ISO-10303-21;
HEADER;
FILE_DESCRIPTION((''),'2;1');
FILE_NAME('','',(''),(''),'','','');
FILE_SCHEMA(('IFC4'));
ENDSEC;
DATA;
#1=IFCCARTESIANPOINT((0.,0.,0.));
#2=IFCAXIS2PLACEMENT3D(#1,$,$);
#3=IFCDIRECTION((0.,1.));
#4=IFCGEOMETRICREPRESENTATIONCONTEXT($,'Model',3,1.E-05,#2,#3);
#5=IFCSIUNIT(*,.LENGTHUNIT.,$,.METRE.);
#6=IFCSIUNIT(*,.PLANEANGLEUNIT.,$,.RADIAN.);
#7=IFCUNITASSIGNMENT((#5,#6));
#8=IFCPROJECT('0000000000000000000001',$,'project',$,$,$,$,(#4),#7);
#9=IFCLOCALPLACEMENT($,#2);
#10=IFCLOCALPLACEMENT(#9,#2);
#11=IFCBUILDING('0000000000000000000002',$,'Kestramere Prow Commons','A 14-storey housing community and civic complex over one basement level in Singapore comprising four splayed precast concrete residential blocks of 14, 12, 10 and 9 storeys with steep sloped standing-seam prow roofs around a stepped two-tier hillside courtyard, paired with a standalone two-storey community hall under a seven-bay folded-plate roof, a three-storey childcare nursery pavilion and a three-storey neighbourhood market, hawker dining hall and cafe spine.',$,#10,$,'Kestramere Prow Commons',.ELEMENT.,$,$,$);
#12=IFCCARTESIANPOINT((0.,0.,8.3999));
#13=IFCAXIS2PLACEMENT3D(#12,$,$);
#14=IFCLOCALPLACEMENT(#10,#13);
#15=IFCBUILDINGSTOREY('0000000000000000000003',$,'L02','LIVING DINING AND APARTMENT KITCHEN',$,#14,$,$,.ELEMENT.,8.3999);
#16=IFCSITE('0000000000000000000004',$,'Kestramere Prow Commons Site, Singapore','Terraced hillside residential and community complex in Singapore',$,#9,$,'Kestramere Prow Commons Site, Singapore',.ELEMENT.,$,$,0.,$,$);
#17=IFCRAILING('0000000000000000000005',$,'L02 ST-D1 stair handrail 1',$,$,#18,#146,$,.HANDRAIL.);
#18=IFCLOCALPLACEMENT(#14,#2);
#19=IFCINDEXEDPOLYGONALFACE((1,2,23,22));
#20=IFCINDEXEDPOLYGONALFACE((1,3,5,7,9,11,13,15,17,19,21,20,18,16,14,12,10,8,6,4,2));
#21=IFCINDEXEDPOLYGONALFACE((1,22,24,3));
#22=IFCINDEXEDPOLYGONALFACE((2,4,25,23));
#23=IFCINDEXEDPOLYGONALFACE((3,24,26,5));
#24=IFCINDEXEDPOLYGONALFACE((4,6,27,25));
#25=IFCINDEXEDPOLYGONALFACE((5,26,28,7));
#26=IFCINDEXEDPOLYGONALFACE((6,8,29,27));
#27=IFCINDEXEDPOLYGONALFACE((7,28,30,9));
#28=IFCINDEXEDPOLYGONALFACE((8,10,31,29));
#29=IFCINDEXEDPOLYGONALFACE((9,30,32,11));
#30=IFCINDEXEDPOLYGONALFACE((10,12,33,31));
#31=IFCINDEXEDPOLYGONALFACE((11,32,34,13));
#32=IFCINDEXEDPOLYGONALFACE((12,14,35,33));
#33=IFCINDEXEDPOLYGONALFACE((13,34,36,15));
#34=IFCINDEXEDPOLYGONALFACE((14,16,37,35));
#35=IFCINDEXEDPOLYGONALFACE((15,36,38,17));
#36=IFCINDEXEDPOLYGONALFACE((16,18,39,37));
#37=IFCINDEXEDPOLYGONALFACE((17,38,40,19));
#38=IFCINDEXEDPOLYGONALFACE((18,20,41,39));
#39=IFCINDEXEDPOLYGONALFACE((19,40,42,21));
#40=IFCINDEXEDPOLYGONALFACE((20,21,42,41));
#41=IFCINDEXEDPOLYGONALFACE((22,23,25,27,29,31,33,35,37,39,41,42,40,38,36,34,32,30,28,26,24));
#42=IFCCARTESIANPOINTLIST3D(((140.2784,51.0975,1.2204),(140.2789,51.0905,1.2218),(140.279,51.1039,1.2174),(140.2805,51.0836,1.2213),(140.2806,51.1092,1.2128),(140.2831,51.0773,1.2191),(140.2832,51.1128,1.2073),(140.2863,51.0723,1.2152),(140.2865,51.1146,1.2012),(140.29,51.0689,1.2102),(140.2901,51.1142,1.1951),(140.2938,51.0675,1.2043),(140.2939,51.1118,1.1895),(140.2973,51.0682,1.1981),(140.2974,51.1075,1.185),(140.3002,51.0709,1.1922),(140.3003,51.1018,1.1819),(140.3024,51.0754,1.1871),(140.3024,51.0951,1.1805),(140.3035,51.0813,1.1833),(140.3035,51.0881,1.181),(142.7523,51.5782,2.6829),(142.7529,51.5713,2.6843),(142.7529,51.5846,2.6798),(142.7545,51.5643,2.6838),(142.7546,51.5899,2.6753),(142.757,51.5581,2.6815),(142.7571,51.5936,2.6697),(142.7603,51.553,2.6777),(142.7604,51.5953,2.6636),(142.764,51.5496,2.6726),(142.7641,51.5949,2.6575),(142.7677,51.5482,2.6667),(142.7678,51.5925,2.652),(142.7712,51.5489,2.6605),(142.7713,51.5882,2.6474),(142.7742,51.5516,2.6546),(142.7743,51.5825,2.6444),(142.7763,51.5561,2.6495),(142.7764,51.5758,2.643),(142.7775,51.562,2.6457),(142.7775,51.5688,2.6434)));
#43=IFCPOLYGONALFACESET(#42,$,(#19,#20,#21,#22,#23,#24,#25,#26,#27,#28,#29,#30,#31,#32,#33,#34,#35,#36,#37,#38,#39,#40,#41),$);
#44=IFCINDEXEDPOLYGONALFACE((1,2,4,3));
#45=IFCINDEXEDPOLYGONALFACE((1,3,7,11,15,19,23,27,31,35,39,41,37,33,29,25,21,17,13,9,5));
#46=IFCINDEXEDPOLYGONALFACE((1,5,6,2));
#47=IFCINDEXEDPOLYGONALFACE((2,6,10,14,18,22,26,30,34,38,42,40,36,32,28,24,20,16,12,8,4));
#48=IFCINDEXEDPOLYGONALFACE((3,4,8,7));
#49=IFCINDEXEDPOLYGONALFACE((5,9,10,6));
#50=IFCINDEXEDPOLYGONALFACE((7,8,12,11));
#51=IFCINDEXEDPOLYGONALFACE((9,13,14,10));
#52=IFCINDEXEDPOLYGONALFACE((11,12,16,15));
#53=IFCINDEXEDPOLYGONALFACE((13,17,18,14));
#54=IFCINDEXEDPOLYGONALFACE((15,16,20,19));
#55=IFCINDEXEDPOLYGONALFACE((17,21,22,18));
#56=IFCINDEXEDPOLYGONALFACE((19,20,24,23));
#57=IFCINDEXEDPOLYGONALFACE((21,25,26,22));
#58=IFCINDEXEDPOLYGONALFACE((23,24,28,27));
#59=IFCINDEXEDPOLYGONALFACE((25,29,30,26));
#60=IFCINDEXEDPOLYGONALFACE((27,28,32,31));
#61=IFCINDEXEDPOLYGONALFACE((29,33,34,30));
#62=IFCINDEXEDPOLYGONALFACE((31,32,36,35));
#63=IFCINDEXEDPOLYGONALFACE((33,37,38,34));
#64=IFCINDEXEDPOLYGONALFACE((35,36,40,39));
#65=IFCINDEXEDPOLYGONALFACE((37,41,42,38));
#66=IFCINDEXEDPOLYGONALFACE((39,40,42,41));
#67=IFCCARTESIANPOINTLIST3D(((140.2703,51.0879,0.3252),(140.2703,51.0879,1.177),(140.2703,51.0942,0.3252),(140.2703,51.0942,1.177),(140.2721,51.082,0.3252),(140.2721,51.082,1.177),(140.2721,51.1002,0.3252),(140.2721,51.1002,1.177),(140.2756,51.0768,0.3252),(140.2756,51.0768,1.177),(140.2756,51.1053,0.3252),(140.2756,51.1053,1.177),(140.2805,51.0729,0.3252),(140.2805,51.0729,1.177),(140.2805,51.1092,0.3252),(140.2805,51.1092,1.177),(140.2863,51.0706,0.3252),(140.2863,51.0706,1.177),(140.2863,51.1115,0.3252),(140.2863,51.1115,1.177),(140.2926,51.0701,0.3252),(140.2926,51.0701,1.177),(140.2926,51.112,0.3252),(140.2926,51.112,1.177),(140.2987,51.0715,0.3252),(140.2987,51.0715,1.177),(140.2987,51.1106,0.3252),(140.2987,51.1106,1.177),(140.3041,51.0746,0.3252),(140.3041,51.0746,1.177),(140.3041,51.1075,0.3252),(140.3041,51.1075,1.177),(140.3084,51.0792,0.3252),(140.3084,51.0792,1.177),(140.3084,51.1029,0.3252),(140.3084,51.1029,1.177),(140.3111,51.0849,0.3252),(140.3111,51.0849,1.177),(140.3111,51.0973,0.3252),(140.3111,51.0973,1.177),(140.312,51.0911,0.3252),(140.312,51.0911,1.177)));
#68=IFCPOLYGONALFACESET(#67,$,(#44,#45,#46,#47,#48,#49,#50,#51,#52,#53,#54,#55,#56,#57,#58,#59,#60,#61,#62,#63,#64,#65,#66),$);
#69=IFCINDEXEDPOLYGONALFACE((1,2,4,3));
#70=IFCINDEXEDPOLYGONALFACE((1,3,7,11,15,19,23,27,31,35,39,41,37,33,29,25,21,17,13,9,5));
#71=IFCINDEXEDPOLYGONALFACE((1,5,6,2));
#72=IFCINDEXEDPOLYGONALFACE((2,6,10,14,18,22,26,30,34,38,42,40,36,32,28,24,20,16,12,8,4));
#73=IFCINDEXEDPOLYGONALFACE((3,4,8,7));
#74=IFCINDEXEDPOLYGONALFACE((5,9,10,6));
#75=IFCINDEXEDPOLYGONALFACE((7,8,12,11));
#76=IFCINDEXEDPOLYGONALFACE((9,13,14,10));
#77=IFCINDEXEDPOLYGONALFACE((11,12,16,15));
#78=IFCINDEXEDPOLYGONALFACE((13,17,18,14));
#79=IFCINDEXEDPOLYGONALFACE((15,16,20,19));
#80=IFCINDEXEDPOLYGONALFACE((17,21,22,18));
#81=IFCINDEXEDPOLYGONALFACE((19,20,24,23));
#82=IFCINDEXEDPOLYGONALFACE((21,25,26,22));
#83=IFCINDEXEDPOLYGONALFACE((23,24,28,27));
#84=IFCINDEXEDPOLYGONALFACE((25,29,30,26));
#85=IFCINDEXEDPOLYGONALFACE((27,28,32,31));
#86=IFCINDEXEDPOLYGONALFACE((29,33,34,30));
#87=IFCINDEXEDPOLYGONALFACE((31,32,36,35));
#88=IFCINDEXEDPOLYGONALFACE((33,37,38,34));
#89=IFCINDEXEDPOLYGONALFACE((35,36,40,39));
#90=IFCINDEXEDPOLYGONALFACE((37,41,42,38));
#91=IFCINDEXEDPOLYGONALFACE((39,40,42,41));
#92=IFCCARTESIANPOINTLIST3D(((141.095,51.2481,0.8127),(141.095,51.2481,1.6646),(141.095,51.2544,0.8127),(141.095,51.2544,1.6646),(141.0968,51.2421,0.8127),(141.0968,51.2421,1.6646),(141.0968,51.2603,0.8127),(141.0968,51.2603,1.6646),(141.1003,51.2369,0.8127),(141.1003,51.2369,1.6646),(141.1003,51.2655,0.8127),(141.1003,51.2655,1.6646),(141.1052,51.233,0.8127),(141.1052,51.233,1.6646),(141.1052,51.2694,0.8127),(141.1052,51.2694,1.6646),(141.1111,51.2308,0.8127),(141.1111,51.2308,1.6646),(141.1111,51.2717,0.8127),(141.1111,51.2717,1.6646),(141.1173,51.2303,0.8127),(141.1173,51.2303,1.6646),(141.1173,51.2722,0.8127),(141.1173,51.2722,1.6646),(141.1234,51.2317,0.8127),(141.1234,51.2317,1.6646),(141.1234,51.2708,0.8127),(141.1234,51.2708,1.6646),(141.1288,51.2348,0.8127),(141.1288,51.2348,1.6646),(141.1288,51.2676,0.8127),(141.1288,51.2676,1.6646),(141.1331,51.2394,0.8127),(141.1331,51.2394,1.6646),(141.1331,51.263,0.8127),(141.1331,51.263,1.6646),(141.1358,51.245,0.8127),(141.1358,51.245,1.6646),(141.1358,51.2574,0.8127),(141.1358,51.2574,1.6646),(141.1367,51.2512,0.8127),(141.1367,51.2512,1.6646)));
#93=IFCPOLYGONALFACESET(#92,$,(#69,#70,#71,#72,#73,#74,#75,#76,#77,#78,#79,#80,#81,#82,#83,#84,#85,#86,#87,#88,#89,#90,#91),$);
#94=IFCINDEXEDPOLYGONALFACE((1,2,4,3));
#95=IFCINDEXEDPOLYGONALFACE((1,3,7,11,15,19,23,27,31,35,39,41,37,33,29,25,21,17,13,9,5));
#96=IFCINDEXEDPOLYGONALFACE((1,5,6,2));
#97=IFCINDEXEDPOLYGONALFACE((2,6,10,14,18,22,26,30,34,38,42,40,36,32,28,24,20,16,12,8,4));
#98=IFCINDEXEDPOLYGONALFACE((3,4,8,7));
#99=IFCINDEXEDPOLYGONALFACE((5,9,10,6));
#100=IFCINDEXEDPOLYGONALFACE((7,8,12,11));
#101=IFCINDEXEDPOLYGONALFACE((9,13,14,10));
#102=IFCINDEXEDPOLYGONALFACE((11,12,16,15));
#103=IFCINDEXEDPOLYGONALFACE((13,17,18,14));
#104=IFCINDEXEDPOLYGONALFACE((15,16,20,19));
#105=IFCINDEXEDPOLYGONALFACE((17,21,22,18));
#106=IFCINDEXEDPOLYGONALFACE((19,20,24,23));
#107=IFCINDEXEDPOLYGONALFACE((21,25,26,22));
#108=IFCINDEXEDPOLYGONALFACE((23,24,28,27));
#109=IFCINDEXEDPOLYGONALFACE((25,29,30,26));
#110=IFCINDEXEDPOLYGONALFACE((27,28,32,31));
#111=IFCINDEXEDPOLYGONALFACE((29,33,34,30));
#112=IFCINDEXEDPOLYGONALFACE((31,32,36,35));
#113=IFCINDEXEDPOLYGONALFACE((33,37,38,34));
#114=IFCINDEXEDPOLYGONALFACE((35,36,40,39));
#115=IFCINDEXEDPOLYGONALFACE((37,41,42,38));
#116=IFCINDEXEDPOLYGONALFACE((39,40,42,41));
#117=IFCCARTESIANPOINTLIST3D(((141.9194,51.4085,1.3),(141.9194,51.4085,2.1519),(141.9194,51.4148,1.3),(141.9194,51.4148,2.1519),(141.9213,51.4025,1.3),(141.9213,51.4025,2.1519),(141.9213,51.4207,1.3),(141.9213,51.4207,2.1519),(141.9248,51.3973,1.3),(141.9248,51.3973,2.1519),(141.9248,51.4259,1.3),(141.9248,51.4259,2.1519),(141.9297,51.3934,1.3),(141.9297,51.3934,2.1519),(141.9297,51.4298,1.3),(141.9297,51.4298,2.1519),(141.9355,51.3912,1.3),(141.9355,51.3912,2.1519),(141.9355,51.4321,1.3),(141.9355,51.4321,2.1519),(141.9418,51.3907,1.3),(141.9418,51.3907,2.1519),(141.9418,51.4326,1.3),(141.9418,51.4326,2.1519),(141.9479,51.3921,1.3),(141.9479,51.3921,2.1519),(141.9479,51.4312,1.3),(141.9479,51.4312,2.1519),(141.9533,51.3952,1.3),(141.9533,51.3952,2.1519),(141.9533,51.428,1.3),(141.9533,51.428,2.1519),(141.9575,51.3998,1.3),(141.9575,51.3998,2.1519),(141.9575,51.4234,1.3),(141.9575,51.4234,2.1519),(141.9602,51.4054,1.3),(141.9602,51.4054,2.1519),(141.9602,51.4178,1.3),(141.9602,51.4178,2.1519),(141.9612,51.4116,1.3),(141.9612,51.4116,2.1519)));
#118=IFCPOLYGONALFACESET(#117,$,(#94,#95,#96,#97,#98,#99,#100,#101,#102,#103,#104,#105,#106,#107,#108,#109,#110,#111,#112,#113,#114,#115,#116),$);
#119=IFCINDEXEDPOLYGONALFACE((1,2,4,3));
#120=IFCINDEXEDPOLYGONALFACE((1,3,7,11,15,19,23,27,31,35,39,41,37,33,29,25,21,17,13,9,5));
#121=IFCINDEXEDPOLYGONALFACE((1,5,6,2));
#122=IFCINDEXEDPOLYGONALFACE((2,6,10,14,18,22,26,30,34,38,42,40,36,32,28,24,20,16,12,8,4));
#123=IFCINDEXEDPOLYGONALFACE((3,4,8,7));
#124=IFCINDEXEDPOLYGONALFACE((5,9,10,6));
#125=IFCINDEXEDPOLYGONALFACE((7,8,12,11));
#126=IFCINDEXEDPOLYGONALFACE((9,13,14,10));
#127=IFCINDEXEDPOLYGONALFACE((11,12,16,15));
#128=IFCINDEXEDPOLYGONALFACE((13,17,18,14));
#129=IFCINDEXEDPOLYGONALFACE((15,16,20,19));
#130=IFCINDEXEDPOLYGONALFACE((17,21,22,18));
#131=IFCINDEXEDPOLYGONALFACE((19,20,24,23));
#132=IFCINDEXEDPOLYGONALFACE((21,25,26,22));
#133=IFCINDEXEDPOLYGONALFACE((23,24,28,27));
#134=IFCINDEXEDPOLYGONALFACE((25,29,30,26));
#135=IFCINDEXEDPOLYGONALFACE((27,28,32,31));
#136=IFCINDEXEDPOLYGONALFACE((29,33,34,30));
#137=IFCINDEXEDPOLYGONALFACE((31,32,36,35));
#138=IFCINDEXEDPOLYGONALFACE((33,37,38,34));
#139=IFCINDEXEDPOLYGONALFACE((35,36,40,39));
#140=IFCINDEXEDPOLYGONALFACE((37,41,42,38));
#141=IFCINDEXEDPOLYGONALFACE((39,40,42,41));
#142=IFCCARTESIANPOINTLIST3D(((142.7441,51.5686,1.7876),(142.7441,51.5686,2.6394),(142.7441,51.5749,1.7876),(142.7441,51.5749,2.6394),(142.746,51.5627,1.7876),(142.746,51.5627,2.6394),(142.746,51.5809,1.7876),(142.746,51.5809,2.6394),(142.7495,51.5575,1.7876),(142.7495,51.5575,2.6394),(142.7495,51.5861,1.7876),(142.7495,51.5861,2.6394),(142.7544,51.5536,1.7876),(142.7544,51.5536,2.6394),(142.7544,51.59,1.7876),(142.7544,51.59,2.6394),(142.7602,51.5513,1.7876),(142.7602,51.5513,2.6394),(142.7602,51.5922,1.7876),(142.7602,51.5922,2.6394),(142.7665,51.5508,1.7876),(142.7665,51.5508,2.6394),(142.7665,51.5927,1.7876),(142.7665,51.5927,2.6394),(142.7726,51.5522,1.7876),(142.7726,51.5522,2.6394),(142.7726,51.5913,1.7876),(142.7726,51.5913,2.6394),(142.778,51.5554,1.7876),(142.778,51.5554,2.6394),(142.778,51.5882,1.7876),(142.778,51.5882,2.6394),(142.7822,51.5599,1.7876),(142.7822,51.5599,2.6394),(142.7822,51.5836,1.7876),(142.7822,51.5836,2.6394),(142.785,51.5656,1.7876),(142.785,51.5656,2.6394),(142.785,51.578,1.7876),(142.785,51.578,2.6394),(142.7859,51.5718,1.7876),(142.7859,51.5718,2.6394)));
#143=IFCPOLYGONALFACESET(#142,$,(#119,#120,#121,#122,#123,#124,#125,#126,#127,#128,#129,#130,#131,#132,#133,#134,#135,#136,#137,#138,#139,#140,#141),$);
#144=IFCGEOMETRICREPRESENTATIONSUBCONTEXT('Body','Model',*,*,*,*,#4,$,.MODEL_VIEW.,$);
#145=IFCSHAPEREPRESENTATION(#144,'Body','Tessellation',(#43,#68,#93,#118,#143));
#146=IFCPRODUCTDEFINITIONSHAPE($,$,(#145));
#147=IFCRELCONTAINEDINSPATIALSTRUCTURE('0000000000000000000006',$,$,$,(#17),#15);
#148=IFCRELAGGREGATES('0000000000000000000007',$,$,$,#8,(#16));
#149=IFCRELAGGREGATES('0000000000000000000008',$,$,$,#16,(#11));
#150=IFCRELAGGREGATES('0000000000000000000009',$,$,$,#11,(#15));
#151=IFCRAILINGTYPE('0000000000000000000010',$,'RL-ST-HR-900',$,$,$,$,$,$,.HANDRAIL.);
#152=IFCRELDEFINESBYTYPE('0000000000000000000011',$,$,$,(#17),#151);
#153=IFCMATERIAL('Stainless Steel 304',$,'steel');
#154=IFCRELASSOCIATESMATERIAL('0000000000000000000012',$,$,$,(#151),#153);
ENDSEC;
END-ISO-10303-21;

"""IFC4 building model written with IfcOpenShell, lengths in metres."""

from ifc_helpers import new_model, si_unit, direction, frame, origin, origin_2d, place, context, subcontext, project, spatial, circle, extrude, material, type_object, element, save


model = new_model("IFC4")

# Units and contexts
model_context = context("Model", 3, precision=1e-05, world=origin(), true_north=direction((0.0, 1.0)))
body_context = subcontext(model_context, "Body", "Model", "MODEL_VIEW")
ifc_project = project(units=[si_unit("LENGTHUNIT", "METRE"), si_unit("PLANEANGLEUNIT", "RADIAN")], contexts=[model_context])

# Site, building, storey
site_placement = place(None, origin())
site = spatial("IfcSite", under=ifc_project, at=site_placement, Name="Kestramere Prow Commons Site, Singapore", Description="Terraced hillside residential and community complex in Singapore", LongName="Kestramere Prow Commons Site, Singapore", CompositionType="ELEMENT", RefElevation=0.0)
building_placement = place(site_placement, origin())
building = spatial("IfcBuilding", under=site, at=building_placement, Name="Kestramere Prow Commons", Description="A 14-storey housing community and civic complex over one basement level in Singapore comprising four splayed precast concrete residential blocks of 14, 12, 10 and 9 storeys with steep sloped standing-seam prow roofs around a stepped two-tier hillside courtyard, paired with a standalone two-storey community hall under a seven-bay folded-plate roof, a three-storey childcare nursery pavilion and a three-storey neighbourhood market, hawker dining hall and cafe spine.", LongName="Kestramere Prow Commons", CompositionType="ELEMENT")
storey_placement = place(building_placement, frame((0.0, 0.0, 8.3999)))
storey = spatial("IfcBuildingStorey", under=building, at=storey_placement, Name="L02", Description="LIVING DINING AND APARTMENT KITCHEN", CompositionType="ELEMENT", Elevation=8.3999)

# Railing
ifc_material_1 = material(Name="Stainless Steel 304", Category="steel")
railing_type_1 = type_object("IfcRailingType", Name="RL-ST-HR-900", PredefinedType="HANDRAIL", material=ifc_material_1)
railing_1_placement = place(storey_placement, frame((140.291, 51.0911, 0.3252)))
element("IfcRailing", 1, at=railing_1_placement, inside=storey, type_object=railing_type_1, Name="L02 ST-D1 stair handrail 1", PredefinedType="HANDRAIL", context=body_context, shape_type="SweptSolid", body=[
    extrude(circle(Radius=0.0239, at=origin_2d()), frame((0.0, 0.0, 0.876), z_axis=(0.849044, 0.164982, 0.501902), x_axis=(-0.190748, 0.981639, 0.0)), (0.0, 0.0, 1.0), 2.9138),
    extrude(circle(Radius=0.021, at=origin_2d()), origin(), (0.0, 0.0, 1.0), 0.8518),
    extrude(circle(Radius=0.021, at=origin_2d()), frame((0.8247, 0.1602, 0.4875)), (0.0, 0.0, 1.0), 0.8518),
    extrude(circle(Radius=0.021, at=origin_2d()), frame((1.6492, 0.3206, 0.9749)), (0.0, 0.0, 1.0), 0.8518),
    extrude(circle(Radius=0.021, at=origin_2d()), frame((2.4739, 0.4807, 1.4624)), (0.0, 0.0, 1.0), 0.8518),
])

save(model, "model.ifc")
